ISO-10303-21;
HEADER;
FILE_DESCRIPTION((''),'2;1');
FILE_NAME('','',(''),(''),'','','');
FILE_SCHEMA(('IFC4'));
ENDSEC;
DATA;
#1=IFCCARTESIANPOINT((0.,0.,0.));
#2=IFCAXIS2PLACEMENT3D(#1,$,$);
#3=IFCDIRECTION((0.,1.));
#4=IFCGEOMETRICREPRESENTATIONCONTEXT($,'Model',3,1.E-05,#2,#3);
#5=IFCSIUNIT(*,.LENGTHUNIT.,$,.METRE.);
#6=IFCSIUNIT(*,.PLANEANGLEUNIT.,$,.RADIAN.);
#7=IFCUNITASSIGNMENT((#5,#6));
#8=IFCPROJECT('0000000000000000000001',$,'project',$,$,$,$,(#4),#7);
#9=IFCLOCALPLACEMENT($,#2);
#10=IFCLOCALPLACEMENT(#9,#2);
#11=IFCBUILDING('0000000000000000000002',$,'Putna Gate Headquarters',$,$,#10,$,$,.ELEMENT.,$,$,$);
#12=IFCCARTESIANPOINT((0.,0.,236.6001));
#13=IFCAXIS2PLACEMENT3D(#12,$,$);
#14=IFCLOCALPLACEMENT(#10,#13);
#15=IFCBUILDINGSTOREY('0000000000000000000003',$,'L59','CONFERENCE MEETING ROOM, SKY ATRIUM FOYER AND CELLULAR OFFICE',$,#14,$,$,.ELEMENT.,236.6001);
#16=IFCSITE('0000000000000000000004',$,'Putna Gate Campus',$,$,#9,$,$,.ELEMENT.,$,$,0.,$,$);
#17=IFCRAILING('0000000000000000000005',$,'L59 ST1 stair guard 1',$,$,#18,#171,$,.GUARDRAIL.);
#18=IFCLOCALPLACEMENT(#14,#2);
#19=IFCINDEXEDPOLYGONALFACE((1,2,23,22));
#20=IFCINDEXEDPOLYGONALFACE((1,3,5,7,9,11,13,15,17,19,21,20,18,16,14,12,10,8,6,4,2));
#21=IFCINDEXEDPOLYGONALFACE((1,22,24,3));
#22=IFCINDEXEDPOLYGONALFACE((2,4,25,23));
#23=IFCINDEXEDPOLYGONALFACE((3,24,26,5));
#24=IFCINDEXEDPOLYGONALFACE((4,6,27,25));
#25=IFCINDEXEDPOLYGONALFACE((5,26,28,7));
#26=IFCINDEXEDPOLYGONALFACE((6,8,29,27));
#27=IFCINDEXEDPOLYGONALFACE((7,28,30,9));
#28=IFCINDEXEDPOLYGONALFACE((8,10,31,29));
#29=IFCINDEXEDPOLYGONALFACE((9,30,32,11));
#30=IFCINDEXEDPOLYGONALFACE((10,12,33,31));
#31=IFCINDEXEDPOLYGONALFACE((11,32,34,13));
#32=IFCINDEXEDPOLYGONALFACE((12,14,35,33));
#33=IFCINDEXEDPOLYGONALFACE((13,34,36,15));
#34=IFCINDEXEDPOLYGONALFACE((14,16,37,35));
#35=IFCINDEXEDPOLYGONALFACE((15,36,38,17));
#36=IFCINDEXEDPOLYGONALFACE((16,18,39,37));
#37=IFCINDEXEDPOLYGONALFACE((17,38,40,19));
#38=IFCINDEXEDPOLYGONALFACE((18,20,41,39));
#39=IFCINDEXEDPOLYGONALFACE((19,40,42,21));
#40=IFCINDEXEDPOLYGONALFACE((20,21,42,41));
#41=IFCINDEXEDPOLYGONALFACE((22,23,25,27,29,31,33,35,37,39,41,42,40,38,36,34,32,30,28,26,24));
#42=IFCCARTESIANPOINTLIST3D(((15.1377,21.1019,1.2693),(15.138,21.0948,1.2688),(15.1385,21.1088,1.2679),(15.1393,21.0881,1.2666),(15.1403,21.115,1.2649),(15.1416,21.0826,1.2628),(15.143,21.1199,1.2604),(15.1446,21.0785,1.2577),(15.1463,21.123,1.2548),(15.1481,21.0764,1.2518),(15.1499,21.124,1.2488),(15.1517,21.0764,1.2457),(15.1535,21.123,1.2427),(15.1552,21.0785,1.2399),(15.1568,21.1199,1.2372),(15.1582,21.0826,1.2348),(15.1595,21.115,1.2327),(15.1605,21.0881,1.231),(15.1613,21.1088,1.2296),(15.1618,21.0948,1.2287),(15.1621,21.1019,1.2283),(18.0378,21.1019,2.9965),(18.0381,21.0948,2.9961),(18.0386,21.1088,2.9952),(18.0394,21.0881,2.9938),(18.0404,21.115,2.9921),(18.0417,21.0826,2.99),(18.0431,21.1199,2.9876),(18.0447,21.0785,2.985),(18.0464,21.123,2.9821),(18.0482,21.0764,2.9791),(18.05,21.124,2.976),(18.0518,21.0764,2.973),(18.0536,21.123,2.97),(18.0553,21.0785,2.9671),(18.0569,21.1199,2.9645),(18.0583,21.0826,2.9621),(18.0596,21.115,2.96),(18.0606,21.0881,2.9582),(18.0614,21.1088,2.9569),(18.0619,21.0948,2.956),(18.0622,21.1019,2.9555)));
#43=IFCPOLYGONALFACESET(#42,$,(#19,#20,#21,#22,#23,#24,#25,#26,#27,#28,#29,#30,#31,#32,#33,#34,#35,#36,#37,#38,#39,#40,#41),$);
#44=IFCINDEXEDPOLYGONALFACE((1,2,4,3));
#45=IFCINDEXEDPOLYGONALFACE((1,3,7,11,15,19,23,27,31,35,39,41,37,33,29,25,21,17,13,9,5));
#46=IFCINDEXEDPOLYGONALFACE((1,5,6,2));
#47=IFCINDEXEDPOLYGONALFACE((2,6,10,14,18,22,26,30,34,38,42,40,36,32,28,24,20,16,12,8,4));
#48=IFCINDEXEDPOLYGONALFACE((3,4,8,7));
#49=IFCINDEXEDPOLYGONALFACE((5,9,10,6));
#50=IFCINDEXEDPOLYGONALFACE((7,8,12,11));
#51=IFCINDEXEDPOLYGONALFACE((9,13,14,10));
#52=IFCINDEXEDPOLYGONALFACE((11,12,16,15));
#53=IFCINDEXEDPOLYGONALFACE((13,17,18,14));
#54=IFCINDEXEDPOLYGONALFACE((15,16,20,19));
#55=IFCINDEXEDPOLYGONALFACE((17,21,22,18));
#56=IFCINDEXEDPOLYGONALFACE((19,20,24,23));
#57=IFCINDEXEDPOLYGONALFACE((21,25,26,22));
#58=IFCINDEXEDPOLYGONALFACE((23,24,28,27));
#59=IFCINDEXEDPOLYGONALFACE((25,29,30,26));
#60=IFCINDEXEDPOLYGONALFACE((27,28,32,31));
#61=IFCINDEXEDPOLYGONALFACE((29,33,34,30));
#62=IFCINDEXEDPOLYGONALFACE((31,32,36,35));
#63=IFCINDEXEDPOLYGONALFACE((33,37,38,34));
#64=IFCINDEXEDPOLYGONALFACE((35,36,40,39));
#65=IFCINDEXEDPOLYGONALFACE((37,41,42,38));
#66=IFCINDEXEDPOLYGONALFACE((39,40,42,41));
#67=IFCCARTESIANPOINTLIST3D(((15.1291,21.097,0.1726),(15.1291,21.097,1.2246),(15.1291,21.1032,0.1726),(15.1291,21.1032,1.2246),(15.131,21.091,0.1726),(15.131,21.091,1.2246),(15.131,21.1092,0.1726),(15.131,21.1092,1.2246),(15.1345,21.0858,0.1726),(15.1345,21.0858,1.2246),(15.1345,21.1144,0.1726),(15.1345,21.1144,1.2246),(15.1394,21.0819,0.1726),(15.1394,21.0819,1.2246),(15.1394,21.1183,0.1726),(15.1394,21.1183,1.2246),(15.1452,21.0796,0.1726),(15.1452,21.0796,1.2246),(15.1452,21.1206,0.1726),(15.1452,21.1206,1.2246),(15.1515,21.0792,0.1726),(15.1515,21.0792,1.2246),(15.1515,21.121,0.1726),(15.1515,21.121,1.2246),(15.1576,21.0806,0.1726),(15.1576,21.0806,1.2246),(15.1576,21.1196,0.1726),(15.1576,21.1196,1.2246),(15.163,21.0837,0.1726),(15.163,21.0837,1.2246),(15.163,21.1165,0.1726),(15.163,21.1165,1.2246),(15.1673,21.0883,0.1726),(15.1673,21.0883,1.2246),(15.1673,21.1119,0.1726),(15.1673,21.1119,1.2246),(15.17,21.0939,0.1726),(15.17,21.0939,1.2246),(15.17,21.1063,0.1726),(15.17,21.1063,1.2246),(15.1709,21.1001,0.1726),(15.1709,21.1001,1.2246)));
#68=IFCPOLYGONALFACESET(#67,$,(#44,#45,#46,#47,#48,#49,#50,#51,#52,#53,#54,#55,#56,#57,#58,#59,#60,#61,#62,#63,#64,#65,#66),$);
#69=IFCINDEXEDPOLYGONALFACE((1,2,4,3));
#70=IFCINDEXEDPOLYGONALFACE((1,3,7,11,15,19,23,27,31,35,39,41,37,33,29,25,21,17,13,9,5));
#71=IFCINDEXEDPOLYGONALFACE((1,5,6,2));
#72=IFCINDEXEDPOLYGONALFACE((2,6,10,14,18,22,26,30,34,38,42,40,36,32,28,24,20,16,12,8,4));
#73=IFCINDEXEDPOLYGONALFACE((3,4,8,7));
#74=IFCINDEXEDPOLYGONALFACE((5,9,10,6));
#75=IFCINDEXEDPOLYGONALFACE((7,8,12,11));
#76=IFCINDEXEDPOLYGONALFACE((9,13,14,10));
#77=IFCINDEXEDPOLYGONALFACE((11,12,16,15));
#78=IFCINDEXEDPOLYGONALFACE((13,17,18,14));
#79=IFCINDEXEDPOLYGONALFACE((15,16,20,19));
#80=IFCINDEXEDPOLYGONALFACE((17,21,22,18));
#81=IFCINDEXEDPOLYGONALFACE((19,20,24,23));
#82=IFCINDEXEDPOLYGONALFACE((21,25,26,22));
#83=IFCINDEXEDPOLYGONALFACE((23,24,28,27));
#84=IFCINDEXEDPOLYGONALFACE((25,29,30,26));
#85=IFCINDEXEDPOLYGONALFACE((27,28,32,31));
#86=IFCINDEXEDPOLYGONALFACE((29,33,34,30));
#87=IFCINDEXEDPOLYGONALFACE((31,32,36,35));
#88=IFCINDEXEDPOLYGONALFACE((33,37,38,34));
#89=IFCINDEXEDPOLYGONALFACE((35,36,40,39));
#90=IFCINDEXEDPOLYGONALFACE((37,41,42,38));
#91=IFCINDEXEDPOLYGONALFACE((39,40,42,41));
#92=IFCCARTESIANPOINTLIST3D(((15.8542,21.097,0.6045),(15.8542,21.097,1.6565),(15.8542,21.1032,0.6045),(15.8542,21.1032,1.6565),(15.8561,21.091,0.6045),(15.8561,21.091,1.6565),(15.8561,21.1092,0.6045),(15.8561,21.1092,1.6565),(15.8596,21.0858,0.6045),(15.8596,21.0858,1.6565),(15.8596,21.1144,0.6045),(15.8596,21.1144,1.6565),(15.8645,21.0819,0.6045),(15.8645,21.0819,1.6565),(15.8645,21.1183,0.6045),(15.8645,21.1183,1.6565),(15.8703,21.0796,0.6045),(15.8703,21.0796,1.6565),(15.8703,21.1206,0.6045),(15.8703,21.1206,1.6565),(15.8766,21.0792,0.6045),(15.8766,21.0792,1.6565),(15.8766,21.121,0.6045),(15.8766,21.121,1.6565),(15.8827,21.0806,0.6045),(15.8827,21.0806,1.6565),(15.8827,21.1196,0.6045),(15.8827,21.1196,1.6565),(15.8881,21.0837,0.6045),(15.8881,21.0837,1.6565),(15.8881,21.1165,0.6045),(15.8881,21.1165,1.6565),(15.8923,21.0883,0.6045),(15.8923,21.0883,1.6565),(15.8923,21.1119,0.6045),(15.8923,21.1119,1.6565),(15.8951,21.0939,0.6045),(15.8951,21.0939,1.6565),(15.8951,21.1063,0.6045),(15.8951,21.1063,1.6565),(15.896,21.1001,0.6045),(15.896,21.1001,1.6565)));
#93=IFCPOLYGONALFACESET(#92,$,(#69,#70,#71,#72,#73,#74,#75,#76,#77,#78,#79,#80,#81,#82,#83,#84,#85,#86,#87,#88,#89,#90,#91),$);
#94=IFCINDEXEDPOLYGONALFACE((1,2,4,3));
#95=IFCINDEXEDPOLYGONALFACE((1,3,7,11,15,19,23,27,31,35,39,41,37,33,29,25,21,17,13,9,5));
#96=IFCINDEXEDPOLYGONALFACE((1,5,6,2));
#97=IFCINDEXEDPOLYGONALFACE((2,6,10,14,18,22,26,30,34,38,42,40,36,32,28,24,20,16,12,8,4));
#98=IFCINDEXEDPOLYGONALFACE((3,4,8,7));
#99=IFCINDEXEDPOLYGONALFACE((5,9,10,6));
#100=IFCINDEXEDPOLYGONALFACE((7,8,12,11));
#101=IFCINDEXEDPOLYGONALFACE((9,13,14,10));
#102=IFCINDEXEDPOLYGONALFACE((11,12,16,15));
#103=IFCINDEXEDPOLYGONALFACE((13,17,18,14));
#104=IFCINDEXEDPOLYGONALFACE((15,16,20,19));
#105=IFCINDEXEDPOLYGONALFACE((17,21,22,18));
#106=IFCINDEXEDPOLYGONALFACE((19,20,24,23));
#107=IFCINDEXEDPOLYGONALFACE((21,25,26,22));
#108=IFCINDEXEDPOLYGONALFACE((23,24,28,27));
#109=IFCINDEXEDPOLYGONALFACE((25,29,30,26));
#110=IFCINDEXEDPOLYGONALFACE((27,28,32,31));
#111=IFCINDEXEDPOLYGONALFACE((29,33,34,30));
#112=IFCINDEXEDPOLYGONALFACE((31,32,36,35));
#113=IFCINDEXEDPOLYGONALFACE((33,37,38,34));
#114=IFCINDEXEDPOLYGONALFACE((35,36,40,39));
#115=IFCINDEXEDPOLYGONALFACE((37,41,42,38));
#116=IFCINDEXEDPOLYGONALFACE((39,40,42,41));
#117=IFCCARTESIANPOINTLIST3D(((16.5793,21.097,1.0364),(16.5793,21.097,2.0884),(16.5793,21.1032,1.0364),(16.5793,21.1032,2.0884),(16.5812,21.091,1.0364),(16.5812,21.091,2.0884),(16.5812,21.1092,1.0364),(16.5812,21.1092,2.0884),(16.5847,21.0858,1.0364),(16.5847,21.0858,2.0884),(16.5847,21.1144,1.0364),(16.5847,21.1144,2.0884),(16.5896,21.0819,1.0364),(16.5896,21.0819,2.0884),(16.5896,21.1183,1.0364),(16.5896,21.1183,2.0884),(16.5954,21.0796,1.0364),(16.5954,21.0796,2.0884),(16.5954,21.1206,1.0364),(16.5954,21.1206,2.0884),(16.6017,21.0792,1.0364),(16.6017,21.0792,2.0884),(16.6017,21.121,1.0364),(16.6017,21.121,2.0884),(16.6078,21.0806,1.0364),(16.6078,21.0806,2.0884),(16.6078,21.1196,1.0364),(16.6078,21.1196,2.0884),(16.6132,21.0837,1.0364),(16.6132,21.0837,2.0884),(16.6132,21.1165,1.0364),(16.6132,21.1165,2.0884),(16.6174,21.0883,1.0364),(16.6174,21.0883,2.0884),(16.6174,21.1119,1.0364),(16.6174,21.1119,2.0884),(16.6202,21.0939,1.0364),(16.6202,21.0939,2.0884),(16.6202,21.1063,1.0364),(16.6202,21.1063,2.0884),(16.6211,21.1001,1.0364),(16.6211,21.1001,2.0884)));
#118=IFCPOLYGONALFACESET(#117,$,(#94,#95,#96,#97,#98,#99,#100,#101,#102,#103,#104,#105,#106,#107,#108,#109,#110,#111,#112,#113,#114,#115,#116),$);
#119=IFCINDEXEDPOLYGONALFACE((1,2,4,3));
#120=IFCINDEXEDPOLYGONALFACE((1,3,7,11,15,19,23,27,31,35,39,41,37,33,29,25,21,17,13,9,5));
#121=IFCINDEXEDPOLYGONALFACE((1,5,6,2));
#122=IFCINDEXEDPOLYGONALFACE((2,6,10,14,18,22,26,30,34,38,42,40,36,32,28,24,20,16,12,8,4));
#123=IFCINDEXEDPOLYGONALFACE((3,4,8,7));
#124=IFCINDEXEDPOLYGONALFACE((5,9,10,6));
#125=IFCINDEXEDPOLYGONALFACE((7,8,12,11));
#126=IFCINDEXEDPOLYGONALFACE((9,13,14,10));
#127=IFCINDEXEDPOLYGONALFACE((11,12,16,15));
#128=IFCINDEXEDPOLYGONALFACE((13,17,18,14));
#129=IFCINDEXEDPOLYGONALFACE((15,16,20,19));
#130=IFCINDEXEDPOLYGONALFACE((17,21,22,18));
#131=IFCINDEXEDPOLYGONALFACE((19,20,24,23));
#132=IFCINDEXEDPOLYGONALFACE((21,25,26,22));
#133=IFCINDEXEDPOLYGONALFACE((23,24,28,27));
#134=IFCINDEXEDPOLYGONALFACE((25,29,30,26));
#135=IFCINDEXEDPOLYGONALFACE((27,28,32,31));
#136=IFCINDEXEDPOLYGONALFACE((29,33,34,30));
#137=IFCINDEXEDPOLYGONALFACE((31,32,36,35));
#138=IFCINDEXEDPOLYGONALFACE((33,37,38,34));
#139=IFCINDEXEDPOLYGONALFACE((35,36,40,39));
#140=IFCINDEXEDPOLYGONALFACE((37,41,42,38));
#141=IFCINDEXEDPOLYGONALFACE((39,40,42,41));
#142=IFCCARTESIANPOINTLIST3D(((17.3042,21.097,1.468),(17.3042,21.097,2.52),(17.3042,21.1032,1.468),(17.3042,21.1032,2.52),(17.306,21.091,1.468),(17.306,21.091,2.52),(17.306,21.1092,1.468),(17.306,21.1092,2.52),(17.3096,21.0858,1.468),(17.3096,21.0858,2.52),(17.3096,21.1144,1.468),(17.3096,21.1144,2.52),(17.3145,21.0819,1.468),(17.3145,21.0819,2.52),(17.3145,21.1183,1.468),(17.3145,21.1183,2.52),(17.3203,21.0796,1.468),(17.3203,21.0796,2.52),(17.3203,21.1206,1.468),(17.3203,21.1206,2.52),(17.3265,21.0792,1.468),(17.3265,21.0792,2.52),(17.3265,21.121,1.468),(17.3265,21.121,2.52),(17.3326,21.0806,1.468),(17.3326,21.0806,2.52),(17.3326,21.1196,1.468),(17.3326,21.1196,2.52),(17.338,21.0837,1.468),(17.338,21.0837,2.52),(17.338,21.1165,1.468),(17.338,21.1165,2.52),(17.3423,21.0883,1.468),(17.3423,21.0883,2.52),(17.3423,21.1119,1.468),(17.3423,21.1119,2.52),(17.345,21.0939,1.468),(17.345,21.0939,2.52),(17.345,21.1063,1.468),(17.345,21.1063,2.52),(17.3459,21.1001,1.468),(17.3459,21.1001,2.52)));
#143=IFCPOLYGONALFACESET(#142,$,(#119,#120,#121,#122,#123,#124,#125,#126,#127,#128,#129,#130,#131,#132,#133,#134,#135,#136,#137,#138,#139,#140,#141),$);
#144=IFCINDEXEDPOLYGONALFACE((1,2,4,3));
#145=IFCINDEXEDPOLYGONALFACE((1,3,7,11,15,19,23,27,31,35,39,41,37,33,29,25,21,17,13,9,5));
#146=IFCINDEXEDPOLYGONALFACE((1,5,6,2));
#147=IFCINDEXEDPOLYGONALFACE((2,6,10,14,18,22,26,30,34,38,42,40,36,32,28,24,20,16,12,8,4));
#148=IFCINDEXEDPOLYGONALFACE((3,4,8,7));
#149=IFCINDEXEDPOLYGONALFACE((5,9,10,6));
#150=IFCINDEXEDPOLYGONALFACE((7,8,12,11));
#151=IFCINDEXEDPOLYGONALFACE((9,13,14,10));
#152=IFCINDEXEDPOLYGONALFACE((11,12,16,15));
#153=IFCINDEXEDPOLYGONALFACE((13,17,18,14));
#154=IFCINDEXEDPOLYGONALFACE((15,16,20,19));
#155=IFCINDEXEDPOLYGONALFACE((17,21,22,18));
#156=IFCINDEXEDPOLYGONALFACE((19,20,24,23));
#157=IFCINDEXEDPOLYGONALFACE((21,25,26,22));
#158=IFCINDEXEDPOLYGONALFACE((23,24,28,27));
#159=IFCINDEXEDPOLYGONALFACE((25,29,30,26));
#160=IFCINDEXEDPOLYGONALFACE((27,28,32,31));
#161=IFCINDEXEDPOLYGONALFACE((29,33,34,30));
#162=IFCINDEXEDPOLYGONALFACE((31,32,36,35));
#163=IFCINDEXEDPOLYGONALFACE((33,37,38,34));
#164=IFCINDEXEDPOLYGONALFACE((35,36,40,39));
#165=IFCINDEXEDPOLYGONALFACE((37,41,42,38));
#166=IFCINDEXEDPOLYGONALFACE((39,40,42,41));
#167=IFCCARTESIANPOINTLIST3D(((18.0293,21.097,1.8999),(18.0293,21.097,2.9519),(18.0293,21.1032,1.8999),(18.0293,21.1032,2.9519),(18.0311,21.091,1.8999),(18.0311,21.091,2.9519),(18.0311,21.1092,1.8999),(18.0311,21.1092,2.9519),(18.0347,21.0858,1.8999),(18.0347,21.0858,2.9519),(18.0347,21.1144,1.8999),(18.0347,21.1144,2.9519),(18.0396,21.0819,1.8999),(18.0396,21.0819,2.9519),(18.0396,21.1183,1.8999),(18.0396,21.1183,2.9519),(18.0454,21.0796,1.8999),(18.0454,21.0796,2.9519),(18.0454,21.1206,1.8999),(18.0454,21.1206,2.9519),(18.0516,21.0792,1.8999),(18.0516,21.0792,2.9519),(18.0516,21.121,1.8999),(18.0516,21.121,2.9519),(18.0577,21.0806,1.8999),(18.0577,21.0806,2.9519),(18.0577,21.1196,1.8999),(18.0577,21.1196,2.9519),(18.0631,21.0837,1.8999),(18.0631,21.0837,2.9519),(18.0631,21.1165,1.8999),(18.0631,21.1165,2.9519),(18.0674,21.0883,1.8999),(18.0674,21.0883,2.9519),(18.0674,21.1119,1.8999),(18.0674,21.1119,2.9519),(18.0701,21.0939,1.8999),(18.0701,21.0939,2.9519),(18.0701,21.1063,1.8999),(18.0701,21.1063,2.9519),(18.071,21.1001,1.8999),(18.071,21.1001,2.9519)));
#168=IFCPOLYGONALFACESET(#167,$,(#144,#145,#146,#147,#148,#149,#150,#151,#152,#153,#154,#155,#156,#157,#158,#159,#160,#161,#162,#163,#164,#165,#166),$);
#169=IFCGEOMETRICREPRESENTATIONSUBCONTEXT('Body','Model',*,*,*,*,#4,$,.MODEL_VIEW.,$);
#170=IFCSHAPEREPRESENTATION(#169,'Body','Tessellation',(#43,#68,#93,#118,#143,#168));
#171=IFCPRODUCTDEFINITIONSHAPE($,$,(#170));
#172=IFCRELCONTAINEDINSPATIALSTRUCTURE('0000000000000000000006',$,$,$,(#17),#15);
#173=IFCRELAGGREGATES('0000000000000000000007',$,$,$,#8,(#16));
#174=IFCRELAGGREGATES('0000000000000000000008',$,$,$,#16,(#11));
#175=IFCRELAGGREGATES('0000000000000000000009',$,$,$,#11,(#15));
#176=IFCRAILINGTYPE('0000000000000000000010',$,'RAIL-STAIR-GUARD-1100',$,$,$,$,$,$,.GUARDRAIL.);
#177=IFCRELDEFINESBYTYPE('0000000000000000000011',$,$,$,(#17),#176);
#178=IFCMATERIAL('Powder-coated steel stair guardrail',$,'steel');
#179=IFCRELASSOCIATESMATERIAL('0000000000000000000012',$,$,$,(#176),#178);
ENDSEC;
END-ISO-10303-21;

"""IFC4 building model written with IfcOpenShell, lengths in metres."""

from ifc_helpers import new_model, si_unit, direction, frame, origin, origin_2d, place, context, subcontext, project, spatial, circle, extrude, material, type_object, element, save


model = new_model("IFC4")

# Units and contexts
model_context = context("Model", 3, precision=1e-05, world=origin(), true_north=direction((0.0, 1.0)))
body_context = subcontext(model_context, "Body", "Model", "MODEL_VIEW")
ifc_project = project(units=[si_unit("LENGTHUNIT", "METRE"), si_unit("PLANEANGLEUNIT", "RADIAN")], contexts=[model_context])

# Site, building, storey
site_placement = place(None, origin())
site = spatial("IfcSite", under=ifc_project, at=site_placement, Name="Putna Gate Campus", CompositionType="ELEMENT", RefElevation=0.0)
building_placement = place(site_placement, origin())
building = spatial("IfcBuilding", under=site, at=building_placement, Name="Putna Gate Headquarters", CompositionType="ELEMENT")
storey_placement = place(building_placement, frame((0.0, 0.0, 236.6001)))
storey = spatial("IfcBuildingStorey", under=building, at=storey_placement, Name="L59", Description="CONFERENCE MEETING ROOM, SKY ATRIUM FOYER AND CELLULAR OFFICE", CompositionType="ELEMENT", Elevation=236.6001)

# Railing
ifc_material_1 = material(Name="Powder-coated steel stair guardrail", Category="steel")
railing_type_1 = type_object("IfcRailingType", Name="RAIL-STAIR-GUARD-1100", PredefinedType="GUARDRAIL", material=ifc_material_1)
railing_1_placement = place(storey_placement, frame((15.1499, 21.1001, 0.1726)))
element("IfcRailing", 1, at=railing_1_placement, inside=storey, type_object=railing_type_1, Name="L59 ST1 stair guard 1", PredefinedType="GUARDRAIL", context=body_context, shape_type="SweptSolid", body=[
    extrude(circle(Radius=0.0239, at=origin_2d()), frame((0.0, 0.0, 1.0762), z_axis=(0.85916, 0.0, 0.511706), x_axis=(0.0, 1.0, 0.0)), (0.0, 0.0, 1.0), 3.3755),
    extrude(circle(Radius=0.021, at=origin_2d()), origin(), (0.0, 0.0, 1.0), 1.052),
    extrude(circle(Radius=0.021, at=origin_2d()), frame((0.7251, 0.0, 0.4319)), (0.0, 0.0, 1.0), 1.052),
    extrude(circle(Radius=0.021, at=origin_2d()), frame((1.4502, 0.0, 0.8638)), (0.0, 0.0, 1.0), 1.052),
    extrude(circle(Radius=0.021, at=origin_2d()), frame((2.175, 0.0, 1.2954)), (0.0, 0.0, 1.0), 1.052),
    extrude(circle(Radius=0.021, at=origin_2d()), frame((2.9001, 0.0, 1.7273)), (0.0, 0.0, 1.0), 1.052),
])

save(model, "model.ifc")
